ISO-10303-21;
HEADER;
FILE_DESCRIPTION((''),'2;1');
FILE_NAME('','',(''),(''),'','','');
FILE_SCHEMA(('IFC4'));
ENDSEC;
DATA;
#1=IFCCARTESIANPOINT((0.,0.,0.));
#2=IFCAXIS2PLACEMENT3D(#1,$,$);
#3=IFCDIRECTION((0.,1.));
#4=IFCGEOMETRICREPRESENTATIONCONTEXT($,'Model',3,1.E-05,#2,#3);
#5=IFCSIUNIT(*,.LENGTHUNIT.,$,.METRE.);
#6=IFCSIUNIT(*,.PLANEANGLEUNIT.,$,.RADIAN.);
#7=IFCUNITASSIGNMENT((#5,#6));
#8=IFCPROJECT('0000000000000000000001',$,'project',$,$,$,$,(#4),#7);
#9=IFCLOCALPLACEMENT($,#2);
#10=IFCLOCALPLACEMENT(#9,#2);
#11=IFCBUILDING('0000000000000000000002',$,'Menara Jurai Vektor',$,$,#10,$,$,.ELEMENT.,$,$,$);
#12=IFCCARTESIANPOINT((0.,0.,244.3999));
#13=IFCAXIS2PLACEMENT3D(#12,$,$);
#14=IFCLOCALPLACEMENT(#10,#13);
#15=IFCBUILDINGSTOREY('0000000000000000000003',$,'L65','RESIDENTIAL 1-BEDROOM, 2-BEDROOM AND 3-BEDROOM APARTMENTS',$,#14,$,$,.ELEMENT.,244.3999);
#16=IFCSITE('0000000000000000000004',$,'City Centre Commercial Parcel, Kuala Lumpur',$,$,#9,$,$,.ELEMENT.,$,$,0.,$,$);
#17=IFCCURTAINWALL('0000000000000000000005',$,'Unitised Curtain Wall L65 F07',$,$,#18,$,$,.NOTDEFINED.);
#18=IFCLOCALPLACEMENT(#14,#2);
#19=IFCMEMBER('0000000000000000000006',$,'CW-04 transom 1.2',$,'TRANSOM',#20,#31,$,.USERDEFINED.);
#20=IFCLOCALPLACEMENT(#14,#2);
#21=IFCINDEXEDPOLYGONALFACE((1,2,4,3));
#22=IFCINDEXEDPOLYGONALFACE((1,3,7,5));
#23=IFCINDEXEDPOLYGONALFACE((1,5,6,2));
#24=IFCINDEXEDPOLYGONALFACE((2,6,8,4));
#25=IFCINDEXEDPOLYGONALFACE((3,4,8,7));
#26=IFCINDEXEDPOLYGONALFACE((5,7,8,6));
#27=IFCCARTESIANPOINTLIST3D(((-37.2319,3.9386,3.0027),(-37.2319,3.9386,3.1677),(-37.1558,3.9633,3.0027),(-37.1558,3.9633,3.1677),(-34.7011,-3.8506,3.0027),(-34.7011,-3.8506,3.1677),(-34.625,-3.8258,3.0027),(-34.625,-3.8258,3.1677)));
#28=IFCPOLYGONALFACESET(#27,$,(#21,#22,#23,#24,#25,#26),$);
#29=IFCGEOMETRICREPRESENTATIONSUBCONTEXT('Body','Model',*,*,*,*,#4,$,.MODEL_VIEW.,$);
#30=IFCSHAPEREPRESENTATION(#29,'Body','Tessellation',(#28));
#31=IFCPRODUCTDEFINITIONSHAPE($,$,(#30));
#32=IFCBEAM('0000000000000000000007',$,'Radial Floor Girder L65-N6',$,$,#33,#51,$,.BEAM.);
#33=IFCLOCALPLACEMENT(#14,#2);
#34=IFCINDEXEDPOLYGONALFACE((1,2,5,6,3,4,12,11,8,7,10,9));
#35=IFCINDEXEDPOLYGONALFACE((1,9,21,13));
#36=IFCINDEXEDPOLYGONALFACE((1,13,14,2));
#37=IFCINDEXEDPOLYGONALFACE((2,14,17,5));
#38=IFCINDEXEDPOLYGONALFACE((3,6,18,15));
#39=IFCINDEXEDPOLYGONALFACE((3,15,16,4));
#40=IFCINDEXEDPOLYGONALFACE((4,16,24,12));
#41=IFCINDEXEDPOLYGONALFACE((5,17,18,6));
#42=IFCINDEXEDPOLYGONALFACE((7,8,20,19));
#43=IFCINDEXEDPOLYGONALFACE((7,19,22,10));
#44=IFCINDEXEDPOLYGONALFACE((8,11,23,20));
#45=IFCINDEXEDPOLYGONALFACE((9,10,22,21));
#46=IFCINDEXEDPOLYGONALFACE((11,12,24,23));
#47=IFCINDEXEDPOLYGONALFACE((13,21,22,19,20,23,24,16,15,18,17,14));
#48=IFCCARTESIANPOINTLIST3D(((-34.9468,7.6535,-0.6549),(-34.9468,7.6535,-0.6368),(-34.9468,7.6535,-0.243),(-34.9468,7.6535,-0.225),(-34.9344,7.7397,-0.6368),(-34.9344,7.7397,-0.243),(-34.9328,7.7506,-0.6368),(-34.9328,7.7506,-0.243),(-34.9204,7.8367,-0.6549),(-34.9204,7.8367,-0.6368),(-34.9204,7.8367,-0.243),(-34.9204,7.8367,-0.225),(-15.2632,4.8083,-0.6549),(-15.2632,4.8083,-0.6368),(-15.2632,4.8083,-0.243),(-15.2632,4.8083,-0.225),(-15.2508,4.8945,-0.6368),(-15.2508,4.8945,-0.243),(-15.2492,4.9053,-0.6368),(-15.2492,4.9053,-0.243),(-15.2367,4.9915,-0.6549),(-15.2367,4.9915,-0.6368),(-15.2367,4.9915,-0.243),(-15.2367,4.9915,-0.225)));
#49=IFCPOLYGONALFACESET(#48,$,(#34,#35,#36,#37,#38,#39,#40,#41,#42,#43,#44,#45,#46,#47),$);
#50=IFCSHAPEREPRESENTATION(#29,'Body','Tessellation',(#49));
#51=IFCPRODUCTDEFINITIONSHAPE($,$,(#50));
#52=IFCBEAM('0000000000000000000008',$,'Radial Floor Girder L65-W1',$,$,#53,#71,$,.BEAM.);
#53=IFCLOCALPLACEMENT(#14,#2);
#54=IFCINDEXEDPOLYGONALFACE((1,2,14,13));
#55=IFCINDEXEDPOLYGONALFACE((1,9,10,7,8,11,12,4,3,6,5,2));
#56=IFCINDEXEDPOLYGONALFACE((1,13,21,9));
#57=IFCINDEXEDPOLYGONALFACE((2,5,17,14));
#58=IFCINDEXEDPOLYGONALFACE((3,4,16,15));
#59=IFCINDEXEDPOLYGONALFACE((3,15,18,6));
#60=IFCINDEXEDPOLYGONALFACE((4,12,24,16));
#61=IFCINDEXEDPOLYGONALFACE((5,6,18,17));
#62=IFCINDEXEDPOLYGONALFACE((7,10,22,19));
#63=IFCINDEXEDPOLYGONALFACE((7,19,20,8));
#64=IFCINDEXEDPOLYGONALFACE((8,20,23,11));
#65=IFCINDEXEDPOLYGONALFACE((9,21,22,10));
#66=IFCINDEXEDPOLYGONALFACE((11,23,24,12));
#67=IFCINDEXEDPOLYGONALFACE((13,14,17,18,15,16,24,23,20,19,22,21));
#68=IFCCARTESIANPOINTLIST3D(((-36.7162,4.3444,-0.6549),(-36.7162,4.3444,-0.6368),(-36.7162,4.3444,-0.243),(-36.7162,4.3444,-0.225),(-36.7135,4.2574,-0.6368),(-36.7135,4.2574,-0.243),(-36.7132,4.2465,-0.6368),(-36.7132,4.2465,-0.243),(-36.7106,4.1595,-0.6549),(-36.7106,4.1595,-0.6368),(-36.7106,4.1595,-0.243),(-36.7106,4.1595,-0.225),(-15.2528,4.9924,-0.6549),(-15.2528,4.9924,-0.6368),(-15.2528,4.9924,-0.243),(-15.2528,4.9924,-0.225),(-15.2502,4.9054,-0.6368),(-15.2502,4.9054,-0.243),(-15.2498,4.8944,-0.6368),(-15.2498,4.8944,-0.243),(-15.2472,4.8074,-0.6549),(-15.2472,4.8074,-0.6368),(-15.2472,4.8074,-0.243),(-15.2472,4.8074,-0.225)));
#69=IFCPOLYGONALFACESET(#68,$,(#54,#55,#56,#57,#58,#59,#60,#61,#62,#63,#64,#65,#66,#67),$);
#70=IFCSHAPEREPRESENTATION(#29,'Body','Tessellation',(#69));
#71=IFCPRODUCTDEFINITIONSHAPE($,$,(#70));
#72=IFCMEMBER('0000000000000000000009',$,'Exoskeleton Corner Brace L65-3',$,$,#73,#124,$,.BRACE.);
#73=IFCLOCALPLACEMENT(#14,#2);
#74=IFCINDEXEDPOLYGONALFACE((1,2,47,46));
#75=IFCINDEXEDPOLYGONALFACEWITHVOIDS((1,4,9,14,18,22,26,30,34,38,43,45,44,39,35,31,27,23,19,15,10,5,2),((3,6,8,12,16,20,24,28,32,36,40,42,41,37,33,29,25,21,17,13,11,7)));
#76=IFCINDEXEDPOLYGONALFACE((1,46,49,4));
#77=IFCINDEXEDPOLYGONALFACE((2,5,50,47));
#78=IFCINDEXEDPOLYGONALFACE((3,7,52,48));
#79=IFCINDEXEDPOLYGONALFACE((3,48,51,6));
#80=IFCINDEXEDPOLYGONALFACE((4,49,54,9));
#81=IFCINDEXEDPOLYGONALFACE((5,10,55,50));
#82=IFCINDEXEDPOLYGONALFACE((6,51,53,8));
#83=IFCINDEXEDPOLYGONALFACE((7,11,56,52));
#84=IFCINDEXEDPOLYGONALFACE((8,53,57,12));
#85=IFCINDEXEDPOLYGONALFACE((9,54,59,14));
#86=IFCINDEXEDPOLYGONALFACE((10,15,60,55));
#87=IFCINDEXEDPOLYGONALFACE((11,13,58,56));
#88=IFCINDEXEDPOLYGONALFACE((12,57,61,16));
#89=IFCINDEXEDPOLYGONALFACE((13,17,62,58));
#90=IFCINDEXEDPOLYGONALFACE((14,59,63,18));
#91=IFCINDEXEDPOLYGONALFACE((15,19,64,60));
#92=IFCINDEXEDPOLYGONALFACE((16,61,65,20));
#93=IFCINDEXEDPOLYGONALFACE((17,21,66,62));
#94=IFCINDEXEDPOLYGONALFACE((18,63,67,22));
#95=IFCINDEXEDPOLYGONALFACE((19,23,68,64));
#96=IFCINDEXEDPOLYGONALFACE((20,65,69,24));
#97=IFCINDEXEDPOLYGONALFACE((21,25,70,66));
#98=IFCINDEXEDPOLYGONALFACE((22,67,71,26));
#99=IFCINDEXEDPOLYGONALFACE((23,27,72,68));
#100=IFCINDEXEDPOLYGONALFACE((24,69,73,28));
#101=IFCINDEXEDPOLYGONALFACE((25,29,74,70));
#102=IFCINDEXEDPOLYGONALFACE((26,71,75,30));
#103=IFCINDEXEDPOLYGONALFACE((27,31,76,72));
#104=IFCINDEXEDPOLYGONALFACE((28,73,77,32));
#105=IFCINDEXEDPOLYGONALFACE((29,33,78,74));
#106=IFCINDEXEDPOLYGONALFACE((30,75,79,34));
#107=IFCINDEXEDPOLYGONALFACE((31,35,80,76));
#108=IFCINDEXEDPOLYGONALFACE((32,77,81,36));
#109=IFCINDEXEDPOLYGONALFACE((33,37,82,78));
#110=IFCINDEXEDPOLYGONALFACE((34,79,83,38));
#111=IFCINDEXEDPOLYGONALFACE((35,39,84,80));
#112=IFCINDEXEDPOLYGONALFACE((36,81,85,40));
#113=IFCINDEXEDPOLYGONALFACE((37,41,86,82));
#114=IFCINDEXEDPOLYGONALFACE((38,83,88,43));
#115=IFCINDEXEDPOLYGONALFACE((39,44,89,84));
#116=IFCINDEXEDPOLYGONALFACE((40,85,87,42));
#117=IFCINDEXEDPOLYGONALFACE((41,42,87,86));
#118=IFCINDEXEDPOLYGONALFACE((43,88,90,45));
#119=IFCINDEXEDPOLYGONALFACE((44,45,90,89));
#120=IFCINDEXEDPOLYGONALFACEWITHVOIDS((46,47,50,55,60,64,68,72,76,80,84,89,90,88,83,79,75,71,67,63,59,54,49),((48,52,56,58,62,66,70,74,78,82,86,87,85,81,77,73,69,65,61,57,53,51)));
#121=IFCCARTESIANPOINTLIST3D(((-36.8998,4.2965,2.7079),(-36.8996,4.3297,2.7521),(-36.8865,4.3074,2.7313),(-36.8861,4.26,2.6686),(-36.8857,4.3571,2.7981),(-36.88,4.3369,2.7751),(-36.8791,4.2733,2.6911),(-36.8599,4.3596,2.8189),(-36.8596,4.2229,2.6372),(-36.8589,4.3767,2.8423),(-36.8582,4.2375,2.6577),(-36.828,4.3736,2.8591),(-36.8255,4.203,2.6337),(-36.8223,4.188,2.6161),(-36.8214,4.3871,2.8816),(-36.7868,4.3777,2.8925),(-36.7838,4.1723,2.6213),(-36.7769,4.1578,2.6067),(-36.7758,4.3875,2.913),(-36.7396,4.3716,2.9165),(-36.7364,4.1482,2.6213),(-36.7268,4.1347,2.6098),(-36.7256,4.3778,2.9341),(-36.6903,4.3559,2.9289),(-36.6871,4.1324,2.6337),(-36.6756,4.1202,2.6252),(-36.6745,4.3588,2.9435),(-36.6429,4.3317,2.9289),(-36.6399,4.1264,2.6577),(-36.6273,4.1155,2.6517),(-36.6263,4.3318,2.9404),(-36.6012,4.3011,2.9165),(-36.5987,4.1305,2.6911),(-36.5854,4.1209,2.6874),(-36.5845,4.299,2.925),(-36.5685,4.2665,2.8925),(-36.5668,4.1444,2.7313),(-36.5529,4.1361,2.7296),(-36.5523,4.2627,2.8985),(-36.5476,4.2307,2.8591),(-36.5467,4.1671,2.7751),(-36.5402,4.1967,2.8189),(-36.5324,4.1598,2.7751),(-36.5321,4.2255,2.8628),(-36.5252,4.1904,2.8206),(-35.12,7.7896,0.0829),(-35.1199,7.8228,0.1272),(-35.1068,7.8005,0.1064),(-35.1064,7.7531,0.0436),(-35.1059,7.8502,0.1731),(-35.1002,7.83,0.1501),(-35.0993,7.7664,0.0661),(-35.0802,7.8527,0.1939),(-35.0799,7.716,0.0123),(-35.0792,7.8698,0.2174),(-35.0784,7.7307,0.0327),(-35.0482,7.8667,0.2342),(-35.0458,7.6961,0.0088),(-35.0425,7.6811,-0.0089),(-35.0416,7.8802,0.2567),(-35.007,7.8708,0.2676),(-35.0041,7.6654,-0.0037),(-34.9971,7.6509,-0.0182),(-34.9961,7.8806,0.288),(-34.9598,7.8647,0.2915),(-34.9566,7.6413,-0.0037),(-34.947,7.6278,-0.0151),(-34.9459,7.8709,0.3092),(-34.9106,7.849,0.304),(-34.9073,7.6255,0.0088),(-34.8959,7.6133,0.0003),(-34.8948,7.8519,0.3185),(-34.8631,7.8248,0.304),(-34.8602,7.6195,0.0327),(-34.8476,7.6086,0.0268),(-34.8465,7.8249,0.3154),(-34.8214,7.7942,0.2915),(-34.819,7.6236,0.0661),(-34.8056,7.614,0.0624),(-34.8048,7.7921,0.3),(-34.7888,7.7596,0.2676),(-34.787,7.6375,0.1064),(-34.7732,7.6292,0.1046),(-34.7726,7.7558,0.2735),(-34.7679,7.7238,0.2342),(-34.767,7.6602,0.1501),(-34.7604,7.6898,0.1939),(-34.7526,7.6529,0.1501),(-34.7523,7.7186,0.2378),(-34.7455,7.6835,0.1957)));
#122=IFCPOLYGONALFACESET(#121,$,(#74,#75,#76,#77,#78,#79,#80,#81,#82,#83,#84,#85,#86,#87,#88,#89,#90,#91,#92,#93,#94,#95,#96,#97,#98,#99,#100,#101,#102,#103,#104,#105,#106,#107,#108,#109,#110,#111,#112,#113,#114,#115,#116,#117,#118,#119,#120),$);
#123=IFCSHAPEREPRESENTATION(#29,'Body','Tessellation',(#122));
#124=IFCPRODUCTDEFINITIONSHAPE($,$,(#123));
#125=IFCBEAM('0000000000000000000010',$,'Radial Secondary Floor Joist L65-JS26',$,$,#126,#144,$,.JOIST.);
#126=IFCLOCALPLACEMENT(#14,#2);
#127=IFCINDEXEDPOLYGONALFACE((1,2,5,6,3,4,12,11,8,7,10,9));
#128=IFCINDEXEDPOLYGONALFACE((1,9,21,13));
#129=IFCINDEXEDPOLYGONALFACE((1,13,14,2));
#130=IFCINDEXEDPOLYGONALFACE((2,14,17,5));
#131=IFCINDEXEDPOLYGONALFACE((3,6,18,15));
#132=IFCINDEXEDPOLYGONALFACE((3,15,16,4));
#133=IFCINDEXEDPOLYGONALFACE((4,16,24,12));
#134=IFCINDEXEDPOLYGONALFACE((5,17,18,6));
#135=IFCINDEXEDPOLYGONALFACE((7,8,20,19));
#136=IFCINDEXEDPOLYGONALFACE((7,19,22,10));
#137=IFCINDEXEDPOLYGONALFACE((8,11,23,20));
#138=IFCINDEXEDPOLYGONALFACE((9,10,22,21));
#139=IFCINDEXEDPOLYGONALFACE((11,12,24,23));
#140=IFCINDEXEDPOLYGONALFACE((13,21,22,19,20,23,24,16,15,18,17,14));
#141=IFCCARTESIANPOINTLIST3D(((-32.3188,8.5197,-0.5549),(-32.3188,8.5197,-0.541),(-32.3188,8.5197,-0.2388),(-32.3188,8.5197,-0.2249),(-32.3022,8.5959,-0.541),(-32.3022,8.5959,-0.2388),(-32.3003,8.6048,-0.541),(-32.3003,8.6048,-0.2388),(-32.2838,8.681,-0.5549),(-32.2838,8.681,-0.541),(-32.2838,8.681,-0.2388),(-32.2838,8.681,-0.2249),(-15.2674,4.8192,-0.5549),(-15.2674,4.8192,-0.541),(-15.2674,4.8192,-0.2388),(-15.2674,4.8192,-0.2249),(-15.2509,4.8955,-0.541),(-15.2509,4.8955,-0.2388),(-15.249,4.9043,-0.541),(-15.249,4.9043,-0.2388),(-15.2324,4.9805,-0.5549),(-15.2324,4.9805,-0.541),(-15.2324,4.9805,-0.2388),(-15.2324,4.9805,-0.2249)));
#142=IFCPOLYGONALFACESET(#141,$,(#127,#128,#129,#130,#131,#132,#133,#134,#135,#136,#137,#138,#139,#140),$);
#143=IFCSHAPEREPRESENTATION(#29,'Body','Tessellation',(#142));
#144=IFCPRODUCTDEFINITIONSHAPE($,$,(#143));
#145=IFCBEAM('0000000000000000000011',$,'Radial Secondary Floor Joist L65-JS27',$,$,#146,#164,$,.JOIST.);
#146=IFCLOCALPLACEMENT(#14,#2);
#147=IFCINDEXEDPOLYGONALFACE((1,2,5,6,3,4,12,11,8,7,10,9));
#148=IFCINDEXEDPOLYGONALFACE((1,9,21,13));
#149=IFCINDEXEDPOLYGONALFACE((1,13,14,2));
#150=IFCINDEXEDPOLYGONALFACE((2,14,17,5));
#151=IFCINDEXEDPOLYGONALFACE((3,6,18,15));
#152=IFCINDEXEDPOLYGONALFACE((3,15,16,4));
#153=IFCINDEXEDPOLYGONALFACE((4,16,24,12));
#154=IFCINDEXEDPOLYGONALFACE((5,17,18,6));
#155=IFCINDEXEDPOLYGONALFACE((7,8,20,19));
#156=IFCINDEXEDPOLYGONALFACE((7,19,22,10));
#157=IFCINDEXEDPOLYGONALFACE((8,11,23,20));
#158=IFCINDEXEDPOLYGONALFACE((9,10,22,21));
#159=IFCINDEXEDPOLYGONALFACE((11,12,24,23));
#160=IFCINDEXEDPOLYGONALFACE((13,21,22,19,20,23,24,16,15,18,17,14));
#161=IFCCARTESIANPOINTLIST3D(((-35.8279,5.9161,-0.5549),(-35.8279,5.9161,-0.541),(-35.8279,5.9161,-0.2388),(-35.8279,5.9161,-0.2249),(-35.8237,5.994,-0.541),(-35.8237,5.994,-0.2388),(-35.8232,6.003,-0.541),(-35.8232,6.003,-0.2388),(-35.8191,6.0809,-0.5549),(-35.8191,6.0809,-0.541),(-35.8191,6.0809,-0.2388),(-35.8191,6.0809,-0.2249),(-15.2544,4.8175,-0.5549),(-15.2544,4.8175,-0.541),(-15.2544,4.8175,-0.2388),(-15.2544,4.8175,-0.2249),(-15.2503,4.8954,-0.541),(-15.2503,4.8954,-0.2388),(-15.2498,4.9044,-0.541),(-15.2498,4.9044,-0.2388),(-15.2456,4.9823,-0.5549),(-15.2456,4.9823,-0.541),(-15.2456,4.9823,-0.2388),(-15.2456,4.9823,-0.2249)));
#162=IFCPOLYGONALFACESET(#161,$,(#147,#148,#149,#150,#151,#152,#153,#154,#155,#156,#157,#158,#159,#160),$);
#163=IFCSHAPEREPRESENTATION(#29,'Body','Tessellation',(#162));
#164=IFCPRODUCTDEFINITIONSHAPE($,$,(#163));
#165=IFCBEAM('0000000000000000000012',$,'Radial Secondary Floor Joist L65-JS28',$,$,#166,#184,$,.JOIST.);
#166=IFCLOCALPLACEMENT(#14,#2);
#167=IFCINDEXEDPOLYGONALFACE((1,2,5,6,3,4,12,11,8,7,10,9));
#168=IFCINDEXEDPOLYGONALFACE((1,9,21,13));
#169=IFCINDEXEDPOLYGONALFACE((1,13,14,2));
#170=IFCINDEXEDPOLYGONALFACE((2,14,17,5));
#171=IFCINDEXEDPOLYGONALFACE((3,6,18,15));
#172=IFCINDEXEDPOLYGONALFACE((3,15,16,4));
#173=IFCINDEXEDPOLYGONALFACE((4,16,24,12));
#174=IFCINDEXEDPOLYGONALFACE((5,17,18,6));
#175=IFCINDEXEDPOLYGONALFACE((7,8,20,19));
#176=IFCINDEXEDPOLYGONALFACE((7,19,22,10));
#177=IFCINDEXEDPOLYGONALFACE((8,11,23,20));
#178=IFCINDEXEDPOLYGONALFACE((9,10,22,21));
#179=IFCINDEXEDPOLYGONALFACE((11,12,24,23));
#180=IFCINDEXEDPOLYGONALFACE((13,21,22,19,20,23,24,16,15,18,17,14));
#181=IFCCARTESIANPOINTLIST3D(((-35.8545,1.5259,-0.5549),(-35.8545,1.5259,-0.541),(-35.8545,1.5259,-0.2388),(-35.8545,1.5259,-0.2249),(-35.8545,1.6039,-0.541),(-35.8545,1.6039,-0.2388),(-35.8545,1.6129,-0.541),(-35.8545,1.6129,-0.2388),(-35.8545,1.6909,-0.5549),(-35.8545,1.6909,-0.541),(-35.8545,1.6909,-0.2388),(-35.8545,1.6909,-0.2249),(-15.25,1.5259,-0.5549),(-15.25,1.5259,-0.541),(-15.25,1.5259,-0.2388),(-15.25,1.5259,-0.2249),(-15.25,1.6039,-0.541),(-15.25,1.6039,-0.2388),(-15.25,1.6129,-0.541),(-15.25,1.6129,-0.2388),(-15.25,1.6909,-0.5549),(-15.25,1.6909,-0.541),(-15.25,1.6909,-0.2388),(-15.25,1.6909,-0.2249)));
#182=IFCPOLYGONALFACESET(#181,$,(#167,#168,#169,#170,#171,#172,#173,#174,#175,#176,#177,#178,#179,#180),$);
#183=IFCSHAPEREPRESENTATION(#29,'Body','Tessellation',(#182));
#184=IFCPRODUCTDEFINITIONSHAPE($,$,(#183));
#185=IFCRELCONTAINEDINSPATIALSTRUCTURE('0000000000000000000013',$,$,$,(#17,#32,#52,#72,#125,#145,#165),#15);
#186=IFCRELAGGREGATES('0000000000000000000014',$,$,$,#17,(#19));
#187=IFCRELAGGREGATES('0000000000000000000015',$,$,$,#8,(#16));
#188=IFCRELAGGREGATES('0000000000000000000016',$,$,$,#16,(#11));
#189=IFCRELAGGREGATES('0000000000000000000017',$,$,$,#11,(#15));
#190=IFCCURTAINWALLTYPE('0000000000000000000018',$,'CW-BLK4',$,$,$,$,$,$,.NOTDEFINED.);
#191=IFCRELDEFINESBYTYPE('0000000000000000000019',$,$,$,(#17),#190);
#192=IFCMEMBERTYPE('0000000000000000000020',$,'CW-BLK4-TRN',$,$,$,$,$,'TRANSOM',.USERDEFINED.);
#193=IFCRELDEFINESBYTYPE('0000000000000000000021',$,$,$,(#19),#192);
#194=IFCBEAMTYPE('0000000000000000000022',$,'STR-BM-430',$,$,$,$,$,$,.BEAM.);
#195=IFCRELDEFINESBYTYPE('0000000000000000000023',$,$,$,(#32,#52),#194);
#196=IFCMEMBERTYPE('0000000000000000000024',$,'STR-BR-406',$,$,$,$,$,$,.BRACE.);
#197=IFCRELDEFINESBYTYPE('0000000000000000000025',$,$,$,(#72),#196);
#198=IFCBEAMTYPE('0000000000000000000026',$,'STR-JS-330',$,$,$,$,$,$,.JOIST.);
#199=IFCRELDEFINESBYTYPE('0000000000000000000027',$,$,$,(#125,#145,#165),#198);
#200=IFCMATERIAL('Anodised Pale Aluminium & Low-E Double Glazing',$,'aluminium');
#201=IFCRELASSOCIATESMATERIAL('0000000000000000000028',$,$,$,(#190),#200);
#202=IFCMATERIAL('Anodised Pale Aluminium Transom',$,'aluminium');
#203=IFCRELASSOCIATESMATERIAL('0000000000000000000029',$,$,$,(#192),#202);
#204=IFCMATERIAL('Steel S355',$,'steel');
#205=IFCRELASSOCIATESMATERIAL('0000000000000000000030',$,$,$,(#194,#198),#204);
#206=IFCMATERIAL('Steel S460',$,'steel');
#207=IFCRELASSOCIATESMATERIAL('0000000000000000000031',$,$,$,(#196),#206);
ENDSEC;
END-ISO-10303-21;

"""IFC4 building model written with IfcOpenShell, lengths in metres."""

from ifc_helpers import new_model, si_unit, direction, frame, origin, origin_2d, place, context, subcontext, project, spatial, rectangle, hollow_circle, i_section, extrude, material, material_profile, profile_set, type_object, element, aggregate, save


model = new_model("IFC4")

# Units and contexts
model_context = context("Model", 3, precision=1e-05, world=origin(), true_north=direction((0.0, 1.0)))
body_context = subcontext(model_context, "Body", "Model", "MODEL_VIEW")
ifc_project = project(units=[si_unit("LENGTHUNIT", "METRE"), si_unit("PLANEANGLEUNIT", "RADIAN")], contexts=[model_context])

# Site, building, storey
site_placement = place(None, origin())
site = spatial("IfcSite", under=ifc_project, at=site_placement, Name="City Centre Commercial Parcel, Kuala Lumpur", CompositionType="ELEMENT", RefElevation=0.0)
building_placement = place(site_placement, origin())
building = spatial("IfcBuilding", under=site, at=building_placement, Name="Menara Jurai Vektor", CompositionType="ELEMENT")
storey_placement = place(building_placement, frame((0.0, 0.0, 244.3999)))
storey = spatial("IfcBuildingStorey", under=building, at=storey_placement, Name="L65", Description="RESIDENTIAL 1-BEDROOM, 2-BEDROOM AND 3-BEDROOM APARTMENTS", CompositionType="ELEMENT", Elevation=244.3999)

# Shared definitions
ifc_material_1 = material(Name="Steel S460", Category="steel")

# Shared definitions
ifc_material_2 = material(Name="Anodised Pale Aluminium & Low-E Double Glazing", Category="aluminium")
curtain_wall_type = type_object("IfcCurtainWallType", Name="CW-BLK4", PredefinedType="NOTDEFINED", material=ifc_material_2)

# Curtain wall
curtain_wall_1_placement = place(storey_placement, origin())
curtain_wall_1 = element("IfcCurtainWall", 1, at=curtain_wall_1_placement, inside=storey, type_object=curtain_wall_type, Name="Unitised Curtain Wall L65 F07", PredefinedType="NOTDEFINED")

# Member
ifc_material_3 = material(Name="Anodised Pale Aluminium Transom", Category="aluminium")
ifc_material_profile_1 = material_profile(ifc_material_3, rectangle(XDim=0.0801, YDim=0.165, at=origin_2d()), Name="ALU TRN 80x165")
ifc_profile_set_1 = profile_set([ifc_material_profile_1], Name="Anodised Pale Aluminium Transom")
member_type_1 = type_object("IfcMemberType", Name="CW-BLK4-TRN", ElementType="TRANSOM", PredefinedType="USERDEFINED", material=ifc_profile_set_1)
member_1_placement = place(storey_placement, frame((-37.1938, 3.9509, 3.0852), z_axis=(0.309011, -0.951059, 0.0), x_axis=(0.951059, 0.309011, 0.0)))
member_1 = element("IfcMember", 2, at=member_1_placement, type_object=member_type_1, Name="CW-04 transom 1.2", ObjectType="TRANSOM", PredefinedType="USERDEFINED", context=body_context, shape_type="SweptSolid", body=[
    extrude(rectangle(XDim=0.0801, YDim=0.165, at=origin_2d()), origin(), (0.0, 0.0, 1.0), 8.1899),
])

# Beams
ifc_material_4 = material(Name="Steel S355", Category="steel")
ifc_material_profile_2 = material_profile(ifc_material_4, i_section(OverallWidth=0.1851, OverallDepth=0.4299, WebThickness=0.011, FlangeThickness=0.0181, at=origin_2d()), Name="PG 430x185x76")
ifc_profile_set_2 = profile_set([ifc_material_profile_2], Name="Steel S355")
beam_type_1 = type_object("IfcBeamType", Name="STR-BM-430", PredefinedType="BEAM", material=ifc_profile_set_2)
beam_1_placement = place(storey_placement, frame((-34.9336, 7.7451, -0.4399), z_axis=(0.989714, -0.143061, 0.0), x_axis=(0.143061, 0.989714, 0.0)))
element("IfcBeam", 3, at=beam_1_placement, inside=storey, type_object=beam_type_1, Name="Radial Floor Girder L65-N6", PredefinedType="BEAM", context=body_context, shape_type="SweptSolid", body=[
    extrude(i_section(OverallWidth=0.1851, OverallDepth=0.4299, WebThickness=0.011, FlangeThickness=0.0181, at=origin_2d()), origin(), (0.0, 0.0, 1.0), 19.8882),
])
beam_2_placement = place(storey_placement, frame((-36.7134, 4.252, -0.4399), z_axis=(0.999545, 0.030175, 0.0), x_axis=(-0.030175, 0.999545, 0.0)))
element("IfcBeam", 4, at=beam_2_placement, inside=storey, type_object=beam_type_1, Name="Radial Floor Girder L65-W1", PredefinedType="BEAM", context=body_context, shape_type="SweptSolid", body=[
    extrude(i_section(OverallWidth=0.1851, OverallDepth=0.4299, WebThickness=0.011, FlangeThickness=0.0181, at=origin_2d()), origin(), (0.0, 0.0, 1.0), 21.4731),
])

# Member
ifc_material_profile_3 = material_profile(ifc_material_1, hollow_circle(Radius=0.2031, WallThickness=0.0161, at=origin_2d()), Name="CHS 406.4x16")
ifc_profile_set_3 = profile_set([ifc_material_profile_3], Name="Steel S460")
member_type_2 = type_object("IfcMemberType", Name="STR-BR-406", PredefinedType="BRACE", material=ifc_profile_set_3)
member_2_placement = place(storey_placement, frame((-34.9336, 7.7451, 0.1501), z_axis=(-0.377225, -0.740375, 0.556368), x_axis=(0.891014, -0.453976, 0.0)))
element("IfcMember", 5, at=member_2_placement, inside=storey, type_object=member_type_2, Name="Exoskeleton Corner Brace L65-3", PredefinedType="BRACE", context=body_context, shape_type="SweptSolid", body=[
    extrude(hollow_circle(Radius=0.2031, WallThickness=0.0161, at=origin_2d()), origin(), (0.0, 0.0, 1.0), 4.718),
])

# Beams
ifc_material_profile_4 = material_profile(ifc_material_4, i_section(OverallWidth=0.165, OverallDepth=0.3301, WebThickness=0.009, FlangeThickness=0.0139, at=origin_2d()), Name="PG 330x165x46")
ifc_profile_set_4 = profile_set([ifc_material_profile_4], Name="Steel S355")
beam_type_2 = type_object("IfcBeamType", Name="STR-JS-330", PredefinedType="JOIST", material=ifc_profile_set_4)
beam_3_placement = place(storey_placement, frame((-32.3013, 8.6003, -0.3899), z_axis=(0.977252, -0.212082, 0.0), x_axis=(0.212082, 0.977252, 0.0)))
element("IfcBeam", 6, at=beam_3_placement, inside=storey, type_object=beam_type_2, Name="Radial Secondary Floor Joist L65-JS26", PredefinedType="JOIST", context=body_context, shape_type="SweptSolid", body=[
    extrude(i_section(OverallWidth=0.165, OverallDepth=0.3301, WebThickness=0.009, FlangeThickness=0.0139, at=origin_2d()), origin(), (0.0, 0.0, 1.0), 17.4482),
])
beam_4_placement = place(storey_placement, frame((-35.8235, 5.9985, -0.3899), z_axis=(0.998577, -0.053324, 0.0), x_axis=(0.053324, 0.998577, 0.0)))
element("IfcBeam", 7, at=beam_4_placement, inside=storey, type_object=beam_type_2, Name="Radial Secondary Floor Joist L65-JS27", PredefinedType="JOIST", context=body_context, shape_type="SweptSolid", body=[
    extrude(i_section(OverallWidth=0.165, OverallDepth=0.3301, WebThickness=0.009, FlangeThickness=0.0139, at=origin_2d()), origin(), (0.0, 0.0, 1.0), 20.6028),
])
beam_5_placement = place(storey_placement, frame((-35.8545, 1.6084, -0.3899), z_axis=(1.0, 0.0, 0.0), x_axis=(0.0, 1.0, 0.0)))
element("IfcBeam", 8, at=beam_5_placement, inside=storey, type_object=beam_type_2, Name="Radial Secondary Floor Joist L65-JS28", PredefinedType="JOIST", context=body_context, shape_type="SweptSolid", body=[
    extrude(i_section(OverallWidth=0.165, OverallDepth=0.3301, WebThickness=0.009, FlangeThickness=0.0139, at=origin_2d()), origin(), (0.0, 0.0, 1.0), 20.6045),
])

aggregate(curtain_wall_1, [member_1])

save(model, "model.ifc")
